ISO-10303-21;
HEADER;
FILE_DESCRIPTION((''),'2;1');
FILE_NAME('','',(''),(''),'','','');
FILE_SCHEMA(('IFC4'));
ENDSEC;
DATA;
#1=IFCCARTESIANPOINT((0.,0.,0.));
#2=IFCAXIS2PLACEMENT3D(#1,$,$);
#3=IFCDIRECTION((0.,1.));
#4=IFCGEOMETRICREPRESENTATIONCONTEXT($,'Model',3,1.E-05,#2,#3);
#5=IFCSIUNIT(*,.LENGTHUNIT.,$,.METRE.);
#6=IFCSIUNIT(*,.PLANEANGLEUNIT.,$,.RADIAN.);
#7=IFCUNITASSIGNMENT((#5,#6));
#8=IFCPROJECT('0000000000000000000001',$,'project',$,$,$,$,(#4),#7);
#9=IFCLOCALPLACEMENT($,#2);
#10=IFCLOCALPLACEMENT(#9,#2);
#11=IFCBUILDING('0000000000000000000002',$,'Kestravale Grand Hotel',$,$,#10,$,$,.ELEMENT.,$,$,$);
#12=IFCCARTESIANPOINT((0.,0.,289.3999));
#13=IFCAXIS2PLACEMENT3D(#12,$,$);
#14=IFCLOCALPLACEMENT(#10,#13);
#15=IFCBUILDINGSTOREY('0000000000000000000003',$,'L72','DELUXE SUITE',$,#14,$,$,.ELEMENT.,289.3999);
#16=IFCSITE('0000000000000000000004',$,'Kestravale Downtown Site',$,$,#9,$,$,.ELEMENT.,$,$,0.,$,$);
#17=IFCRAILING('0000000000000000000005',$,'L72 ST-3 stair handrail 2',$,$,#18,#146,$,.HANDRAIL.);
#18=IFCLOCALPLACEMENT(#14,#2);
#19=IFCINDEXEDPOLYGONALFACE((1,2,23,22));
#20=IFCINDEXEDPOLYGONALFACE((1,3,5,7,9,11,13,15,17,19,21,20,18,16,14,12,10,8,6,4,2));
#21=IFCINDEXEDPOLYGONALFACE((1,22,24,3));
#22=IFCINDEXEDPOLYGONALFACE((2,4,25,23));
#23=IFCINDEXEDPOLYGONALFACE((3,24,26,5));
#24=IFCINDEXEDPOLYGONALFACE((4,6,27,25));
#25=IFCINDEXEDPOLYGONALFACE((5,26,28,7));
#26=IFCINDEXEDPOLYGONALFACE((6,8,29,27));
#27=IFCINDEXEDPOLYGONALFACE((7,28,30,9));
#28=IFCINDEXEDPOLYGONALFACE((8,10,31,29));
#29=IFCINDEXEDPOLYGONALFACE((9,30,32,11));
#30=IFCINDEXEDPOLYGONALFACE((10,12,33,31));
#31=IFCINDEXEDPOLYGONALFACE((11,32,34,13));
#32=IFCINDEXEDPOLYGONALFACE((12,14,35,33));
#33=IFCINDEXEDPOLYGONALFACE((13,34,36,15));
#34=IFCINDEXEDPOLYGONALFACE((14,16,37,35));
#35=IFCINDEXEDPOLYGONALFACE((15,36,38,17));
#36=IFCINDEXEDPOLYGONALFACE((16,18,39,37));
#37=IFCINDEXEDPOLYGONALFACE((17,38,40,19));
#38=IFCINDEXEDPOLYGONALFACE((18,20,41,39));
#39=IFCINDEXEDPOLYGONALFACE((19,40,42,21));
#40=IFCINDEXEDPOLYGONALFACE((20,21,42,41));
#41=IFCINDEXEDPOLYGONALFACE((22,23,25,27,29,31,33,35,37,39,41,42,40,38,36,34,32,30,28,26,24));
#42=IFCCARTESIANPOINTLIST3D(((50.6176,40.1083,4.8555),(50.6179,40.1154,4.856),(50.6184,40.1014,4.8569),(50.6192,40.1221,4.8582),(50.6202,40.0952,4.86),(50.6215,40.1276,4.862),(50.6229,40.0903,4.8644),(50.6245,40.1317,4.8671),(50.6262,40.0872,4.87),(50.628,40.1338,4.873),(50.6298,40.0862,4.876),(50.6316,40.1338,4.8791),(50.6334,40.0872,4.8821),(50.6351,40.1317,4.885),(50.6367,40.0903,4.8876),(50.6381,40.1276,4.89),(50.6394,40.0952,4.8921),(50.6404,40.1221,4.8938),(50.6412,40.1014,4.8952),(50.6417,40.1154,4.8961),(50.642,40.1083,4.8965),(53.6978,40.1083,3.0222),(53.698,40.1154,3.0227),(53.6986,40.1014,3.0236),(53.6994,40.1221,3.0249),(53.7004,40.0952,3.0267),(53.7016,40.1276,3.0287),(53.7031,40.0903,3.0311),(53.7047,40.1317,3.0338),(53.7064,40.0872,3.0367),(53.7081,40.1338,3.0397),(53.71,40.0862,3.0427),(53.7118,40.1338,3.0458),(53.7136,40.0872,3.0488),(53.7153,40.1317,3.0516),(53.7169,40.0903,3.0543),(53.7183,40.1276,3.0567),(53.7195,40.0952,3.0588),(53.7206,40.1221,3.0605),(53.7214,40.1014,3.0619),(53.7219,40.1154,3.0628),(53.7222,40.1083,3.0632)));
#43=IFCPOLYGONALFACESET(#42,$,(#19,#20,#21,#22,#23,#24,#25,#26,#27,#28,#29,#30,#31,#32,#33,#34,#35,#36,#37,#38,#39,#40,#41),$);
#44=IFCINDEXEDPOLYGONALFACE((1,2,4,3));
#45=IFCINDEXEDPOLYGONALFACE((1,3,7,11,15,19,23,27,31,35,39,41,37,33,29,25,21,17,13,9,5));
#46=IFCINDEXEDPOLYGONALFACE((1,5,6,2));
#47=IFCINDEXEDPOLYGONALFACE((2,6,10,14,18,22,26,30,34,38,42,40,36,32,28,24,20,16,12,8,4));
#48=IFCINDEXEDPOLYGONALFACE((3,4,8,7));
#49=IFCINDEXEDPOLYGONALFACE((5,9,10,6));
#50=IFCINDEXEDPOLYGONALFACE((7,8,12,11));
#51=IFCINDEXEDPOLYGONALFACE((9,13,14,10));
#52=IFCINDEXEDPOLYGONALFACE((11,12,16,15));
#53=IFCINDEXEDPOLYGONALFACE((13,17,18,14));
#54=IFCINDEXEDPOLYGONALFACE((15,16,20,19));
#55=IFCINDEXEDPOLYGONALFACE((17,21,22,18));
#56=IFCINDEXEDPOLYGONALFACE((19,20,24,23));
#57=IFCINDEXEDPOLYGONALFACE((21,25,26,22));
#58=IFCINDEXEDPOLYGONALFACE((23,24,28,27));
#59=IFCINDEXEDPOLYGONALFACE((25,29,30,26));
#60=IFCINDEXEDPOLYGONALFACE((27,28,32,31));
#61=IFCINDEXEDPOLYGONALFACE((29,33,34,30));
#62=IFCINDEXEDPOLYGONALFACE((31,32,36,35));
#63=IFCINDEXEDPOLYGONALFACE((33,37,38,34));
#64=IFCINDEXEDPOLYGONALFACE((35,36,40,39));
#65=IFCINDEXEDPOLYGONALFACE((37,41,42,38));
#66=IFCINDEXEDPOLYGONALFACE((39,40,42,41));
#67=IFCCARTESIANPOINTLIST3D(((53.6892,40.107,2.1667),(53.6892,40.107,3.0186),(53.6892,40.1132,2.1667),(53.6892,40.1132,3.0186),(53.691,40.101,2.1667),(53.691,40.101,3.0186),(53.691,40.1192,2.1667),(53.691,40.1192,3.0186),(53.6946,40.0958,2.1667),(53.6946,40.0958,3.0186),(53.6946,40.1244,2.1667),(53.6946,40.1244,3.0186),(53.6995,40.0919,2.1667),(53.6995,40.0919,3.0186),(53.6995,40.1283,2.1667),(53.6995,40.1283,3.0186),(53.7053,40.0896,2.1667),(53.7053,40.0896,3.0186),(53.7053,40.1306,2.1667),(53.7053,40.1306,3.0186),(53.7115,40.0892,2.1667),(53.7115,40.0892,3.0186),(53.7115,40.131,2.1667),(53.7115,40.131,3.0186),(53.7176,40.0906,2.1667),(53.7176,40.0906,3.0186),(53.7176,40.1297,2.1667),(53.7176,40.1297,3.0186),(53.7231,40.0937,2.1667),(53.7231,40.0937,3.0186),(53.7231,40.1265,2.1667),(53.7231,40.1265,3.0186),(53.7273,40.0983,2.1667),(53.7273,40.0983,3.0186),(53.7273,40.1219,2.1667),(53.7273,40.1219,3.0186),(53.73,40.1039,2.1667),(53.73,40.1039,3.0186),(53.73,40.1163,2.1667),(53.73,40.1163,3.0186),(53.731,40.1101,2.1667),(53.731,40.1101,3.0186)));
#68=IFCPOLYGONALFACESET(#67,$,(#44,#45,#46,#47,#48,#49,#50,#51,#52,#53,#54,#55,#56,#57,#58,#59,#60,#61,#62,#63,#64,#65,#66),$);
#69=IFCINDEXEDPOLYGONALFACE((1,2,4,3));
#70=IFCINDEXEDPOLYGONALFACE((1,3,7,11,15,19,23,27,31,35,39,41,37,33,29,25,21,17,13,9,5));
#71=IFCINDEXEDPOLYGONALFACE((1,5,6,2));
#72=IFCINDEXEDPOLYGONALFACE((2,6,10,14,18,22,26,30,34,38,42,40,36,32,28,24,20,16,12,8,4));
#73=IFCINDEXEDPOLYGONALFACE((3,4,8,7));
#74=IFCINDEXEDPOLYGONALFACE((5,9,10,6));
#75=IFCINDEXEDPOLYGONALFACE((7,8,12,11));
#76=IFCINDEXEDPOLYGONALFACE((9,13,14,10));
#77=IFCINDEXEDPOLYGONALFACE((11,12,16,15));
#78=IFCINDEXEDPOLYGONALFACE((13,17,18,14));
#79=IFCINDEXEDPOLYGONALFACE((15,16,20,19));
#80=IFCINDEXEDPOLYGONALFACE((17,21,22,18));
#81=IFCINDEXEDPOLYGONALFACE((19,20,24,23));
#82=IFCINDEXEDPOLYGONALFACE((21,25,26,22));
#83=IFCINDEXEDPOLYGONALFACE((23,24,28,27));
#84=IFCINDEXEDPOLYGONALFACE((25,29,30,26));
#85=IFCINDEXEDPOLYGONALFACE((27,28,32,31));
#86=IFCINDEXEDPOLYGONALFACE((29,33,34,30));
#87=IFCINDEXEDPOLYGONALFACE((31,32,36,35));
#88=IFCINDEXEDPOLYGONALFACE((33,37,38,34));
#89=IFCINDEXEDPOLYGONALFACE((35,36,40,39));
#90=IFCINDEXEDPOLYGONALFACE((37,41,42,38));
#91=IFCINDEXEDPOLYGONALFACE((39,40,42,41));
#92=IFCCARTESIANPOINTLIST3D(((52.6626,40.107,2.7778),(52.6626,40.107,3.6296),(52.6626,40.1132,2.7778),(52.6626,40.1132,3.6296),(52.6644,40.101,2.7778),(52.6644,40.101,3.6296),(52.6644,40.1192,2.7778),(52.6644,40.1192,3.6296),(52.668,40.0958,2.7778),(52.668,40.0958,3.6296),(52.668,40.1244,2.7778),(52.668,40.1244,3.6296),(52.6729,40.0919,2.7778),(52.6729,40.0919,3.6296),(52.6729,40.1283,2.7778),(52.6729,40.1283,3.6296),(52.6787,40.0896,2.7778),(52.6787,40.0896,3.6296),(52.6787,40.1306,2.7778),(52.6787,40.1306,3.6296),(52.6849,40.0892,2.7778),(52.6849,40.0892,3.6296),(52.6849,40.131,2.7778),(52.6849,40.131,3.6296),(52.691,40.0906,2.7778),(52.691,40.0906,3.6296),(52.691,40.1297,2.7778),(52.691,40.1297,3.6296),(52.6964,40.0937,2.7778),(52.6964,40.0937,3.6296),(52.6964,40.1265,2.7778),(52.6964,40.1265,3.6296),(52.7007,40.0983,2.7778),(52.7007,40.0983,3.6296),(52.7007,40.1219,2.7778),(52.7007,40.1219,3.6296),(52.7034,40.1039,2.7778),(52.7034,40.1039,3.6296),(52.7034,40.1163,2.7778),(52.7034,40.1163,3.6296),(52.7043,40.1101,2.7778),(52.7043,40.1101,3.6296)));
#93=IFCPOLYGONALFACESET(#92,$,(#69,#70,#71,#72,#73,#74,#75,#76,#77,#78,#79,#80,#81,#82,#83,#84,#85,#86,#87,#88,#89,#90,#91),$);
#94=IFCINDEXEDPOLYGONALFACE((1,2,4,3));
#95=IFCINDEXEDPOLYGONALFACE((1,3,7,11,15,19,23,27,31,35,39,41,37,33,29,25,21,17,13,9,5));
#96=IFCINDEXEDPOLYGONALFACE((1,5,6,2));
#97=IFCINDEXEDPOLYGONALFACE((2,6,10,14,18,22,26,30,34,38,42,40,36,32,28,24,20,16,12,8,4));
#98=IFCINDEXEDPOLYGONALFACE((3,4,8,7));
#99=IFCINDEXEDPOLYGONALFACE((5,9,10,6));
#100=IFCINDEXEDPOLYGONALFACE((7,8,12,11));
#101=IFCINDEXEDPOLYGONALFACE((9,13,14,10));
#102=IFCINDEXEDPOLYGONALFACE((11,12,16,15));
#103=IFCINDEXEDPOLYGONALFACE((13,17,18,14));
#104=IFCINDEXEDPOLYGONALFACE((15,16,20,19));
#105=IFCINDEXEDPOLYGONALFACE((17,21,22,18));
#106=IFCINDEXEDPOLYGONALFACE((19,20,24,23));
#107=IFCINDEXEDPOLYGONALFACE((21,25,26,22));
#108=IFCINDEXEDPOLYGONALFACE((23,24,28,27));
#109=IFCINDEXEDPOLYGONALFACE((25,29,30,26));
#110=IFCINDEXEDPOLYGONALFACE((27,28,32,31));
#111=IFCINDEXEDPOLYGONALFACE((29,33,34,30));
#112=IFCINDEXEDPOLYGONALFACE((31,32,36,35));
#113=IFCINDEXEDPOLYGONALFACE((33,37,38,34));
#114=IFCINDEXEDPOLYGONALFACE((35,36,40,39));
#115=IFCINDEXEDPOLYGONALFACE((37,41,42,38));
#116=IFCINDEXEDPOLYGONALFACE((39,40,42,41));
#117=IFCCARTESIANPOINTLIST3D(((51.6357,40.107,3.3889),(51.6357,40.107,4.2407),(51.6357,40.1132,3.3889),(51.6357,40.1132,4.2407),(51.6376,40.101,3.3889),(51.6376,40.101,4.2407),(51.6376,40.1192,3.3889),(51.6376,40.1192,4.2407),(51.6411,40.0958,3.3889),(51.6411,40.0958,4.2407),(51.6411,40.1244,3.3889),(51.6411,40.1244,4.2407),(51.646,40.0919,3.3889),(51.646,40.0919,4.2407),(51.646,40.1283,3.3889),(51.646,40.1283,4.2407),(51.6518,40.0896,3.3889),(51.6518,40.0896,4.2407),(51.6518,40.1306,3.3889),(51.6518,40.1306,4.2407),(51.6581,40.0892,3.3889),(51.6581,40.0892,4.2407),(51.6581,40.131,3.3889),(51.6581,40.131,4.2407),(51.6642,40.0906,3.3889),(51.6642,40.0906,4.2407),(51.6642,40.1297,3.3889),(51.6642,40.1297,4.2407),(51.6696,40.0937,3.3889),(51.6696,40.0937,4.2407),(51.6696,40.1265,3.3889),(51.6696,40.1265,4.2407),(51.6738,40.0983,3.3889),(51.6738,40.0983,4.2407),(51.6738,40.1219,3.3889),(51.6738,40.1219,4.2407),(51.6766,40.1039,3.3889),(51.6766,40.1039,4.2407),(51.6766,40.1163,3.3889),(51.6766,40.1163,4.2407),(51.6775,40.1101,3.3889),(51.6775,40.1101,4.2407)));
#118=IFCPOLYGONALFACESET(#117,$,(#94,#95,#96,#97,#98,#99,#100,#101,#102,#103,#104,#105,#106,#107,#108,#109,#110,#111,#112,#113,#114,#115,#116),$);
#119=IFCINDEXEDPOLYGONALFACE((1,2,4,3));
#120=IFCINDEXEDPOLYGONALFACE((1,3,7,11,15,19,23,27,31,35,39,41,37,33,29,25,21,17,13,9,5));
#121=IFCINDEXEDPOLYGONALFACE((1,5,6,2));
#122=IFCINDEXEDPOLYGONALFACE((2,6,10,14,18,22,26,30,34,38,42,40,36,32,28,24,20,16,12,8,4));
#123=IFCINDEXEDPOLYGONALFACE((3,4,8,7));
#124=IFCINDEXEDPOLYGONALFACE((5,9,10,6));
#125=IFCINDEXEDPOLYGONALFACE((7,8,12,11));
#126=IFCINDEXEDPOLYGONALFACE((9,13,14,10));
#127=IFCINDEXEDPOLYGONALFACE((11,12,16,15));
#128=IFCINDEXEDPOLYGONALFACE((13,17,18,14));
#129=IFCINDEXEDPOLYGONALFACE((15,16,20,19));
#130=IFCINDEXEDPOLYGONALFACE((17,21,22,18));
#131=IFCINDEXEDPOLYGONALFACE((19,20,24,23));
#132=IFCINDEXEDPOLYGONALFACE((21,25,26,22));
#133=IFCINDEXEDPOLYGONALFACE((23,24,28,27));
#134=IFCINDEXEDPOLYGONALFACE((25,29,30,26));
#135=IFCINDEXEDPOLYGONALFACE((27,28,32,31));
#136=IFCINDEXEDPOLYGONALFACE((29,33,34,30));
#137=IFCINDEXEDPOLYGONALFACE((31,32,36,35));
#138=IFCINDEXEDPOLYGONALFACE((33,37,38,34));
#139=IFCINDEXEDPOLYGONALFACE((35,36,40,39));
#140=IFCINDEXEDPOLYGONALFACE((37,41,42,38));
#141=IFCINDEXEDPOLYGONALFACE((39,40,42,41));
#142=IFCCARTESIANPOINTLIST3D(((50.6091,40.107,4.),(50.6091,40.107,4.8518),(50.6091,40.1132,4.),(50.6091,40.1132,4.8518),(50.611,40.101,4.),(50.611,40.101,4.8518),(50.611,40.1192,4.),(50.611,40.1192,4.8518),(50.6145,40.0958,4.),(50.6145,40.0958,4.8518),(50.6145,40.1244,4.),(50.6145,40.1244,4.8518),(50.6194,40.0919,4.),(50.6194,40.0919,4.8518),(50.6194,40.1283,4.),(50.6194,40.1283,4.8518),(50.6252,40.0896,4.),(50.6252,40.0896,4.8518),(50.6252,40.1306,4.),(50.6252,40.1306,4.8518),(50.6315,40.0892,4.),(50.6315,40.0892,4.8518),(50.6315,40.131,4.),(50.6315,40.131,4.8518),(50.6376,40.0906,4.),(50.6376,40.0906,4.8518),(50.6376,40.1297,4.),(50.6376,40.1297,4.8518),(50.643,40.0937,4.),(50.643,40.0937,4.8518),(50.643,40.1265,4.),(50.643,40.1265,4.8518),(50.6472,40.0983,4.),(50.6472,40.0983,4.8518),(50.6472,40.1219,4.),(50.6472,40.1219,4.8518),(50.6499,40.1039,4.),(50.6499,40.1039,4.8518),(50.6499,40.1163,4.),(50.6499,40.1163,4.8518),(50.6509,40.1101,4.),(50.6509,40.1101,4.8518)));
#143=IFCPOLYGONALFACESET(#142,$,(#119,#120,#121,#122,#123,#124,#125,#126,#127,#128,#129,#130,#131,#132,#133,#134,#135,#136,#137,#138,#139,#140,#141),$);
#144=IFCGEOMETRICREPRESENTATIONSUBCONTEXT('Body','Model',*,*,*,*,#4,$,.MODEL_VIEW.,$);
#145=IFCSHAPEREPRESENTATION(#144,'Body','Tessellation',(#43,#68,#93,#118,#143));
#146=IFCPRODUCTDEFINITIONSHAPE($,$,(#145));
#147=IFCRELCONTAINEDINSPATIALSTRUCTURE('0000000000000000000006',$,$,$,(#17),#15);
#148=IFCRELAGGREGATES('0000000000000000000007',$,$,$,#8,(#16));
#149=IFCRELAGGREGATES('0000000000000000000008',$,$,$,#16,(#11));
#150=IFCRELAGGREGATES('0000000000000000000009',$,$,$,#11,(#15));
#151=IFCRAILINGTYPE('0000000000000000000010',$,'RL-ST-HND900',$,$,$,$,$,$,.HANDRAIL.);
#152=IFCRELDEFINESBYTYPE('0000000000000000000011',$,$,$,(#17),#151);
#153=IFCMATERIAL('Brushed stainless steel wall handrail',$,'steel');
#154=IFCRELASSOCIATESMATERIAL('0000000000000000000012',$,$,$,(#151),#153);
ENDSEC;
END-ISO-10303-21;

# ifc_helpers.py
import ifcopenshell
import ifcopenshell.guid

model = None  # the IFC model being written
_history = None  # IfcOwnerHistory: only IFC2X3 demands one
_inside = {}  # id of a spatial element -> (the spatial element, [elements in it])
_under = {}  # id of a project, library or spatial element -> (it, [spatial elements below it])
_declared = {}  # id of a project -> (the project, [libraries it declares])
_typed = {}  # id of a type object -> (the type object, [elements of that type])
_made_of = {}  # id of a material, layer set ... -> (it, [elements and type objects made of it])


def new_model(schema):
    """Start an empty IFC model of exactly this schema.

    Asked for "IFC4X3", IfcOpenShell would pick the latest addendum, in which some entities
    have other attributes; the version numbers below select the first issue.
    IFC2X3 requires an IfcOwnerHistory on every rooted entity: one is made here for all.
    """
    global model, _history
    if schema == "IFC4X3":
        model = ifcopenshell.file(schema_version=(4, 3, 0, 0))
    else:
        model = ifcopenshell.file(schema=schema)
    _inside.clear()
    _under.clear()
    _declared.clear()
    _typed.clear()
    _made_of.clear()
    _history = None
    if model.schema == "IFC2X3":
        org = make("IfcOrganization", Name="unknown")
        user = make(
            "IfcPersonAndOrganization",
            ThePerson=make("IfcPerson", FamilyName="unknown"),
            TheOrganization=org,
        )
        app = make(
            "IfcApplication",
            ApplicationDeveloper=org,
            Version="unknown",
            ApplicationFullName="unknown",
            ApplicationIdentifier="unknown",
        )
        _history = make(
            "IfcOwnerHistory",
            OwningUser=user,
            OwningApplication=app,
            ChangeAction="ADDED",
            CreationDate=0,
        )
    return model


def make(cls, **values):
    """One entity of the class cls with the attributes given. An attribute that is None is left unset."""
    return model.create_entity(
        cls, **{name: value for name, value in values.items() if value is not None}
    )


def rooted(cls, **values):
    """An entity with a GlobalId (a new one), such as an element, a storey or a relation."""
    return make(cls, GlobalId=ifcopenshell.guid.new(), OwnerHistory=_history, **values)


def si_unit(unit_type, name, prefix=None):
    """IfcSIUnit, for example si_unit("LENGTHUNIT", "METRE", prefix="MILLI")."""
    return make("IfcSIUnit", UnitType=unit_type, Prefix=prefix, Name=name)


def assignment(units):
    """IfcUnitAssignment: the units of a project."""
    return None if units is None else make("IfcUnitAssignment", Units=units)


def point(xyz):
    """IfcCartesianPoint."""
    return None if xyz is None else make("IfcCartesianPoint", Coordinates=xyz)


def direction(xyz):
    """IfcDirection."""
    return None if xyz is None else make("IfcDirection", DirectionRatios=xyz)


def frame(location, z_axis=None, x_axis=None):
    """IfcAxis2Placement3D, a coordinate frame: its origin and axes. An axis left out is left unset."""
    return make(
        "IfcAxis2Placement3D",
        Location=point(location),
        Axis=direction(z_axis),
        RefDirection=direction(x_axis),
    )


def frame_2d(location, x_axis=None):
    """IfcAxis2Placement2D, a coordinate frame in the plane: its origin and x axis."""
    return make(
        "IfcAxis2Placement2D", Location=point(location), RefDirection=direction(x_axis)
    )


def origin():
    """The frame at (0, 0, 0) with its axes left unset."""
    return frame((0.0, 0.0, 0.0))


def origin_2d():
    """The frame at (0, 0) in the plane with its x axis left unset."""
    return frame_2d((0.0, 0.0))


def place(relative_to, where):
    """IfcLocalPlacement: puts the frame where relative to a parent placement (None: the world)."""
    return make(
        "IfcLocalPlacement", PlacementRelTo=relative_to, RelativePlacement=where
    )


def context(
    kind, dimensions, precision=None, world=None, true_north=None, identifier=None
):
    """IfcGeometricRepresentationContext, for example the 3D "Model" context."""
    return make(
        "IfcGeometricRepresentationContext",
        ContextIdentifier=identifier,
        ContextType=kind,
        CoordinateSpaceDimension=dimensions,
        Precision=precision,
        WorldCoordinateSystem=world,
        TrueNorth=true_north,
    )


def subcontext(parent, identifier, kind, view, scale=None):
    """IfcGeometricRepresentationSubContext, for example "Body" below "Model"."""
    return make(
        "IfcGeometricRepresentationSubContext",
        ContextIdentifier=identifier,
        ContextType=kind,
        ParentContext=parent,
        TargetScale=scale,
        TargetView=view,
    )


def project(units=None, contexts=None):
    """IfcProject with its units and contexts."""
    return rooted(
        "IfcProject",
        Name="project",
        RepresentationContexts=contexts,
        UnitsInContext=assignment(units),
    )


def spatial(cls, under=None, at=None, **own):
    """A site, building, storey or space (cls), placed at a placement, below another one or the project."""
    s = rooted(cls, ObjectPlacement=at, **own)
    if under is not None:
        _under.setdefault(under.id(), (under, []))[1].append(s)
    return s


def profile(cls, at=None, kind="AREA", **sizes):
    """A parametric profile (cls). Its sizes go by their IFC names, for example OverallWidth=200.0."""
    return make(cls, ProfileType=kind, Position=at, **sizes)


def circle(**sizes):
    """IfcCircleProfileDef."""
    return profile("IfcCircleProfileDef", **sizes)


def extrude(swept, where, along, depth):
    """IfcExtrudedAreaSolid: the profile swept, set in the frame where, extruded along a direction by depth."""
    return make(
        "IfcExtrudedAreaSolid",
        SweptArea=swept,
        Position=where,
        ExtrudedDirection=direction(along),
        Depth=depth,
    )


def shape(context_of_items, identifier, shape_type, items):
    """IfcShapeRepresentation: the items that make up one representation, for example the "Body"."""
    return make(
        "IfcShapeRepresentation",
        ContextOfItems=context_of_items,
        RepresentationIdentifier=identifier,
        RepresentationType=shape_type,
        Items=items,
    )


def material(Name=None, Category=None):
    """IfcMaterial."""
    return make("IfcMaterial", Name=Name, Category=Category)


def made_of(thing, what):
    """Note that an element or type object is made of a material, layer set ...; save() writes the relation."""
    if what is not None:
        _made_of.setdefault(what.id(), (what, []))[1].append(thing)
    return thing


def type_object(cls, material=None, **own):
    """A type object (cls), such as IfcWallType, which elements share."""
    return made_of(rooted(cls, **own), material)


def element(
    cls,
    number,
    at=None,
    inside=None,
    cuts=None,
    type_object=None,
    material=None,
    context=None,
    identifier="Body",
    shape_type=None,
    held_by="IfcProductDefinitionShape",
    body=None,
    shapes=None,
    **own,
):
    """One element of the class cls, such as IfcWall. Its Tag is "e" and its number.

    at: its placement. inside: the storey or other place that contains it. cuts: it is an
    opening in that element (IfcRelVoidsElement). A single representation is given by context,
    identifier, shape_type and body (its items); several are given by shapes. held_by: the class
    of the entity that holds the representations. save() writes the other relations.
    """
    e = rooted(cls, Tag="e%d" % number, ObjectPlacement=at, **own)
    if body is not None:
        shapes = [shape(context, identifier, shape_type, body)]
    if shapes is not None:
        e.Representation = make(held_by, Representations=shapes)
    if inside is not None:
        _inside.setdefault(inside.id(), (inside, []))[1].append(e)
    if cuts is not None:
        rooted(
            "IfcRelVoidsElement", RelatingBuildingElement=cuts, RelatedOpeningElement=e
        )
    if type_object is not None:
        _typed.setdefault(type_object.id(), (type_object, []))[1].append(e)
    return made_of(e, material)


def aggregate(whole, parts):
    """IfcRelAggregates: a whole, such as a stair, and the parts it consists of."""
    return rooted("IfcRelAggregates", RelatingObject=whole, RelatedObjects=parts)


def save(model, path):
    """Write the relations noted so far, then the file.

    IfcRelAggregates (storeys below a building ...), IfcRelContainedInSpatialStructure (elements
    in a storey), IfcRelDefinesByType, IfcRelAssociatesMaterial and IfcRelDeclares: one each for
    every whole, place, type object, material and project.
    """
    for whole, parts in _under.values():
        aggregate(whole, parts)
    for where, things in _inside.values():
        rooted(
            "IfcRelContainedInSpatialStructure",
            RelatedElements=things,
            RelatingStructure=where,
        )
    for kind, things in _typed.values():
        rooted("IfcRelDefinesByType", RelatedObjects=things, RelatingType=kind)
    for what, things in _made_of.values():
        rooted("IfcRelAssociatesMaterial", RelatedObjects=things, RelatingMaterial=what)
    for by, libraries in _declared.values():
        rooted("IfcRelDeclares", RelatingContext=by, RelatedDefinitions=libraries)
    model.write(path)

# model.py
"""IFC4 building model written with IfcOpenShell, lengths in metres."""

from ifc_helpers import new_model, si_unit, direction, frame, origin, origin_2d, place, context, subcontext, project, spatial, circle, extrude, material, type_object, element, save


model = new_model("IFC4")

# Units and contexts
model_context = context("Model", 3, precision=1e-05, world=origin(), true_north=direction((0.0, 1.0)))
body_context = subcontext(model_context, "Body", "Model", "MODEL_VIEW")
ifc_project = project(units=[si_unit("LENGTHUNIT", "METRE"), si_unit("PLANEANGLEUNIT", "RADIAN")], contexts=[model_context])

# Site, building, storey
site_placement = place(None, origin())
site = spatial("IfcSite", under=ifc_project, at=site_placement, Name="Kestravale Downtown Site", CompositionType="ELEMENT", RefElevation=0.0)
building_placement = place(site_placement, origin())
building = spatial("IfcBuilding", under=site, at=building_placement, Name="Kestravale Grand Hotel", CompositionType="ELEMENT")
storey_placement = place(building_placement, frame((0.0, 0.0, 289.3999)))
storey = spatial("IfcBuildingStorey", under=building, at=storey_placement, Name="L72", Description="DELUXE SUITE", CompositionType="ELEMENT", Elevation=289.3999)

# Railing
ifc_material_1 = material(Name="Brushed stainless steel wall handrail", Category="steel")
railing_type_1 = type_object("IfcRailingType", Name="RL-ST-HND900", PredefinedType="HANDRAIL", material=ifc_material_1)
railing_1_placement = place(storey_placement, frame((53.71, 40.1101, 2.1667)))
element("IfcRailing", 1, at=railing_1_placement, inside=storey, type_object=railing_type_1, Name="L72 ST-3 stair handrail 2", PredefinedType="HANDRAIL", context=body_context, shape_type="SweptSolid", body=[
    extrude(circle(Radius=0.0239, at=origin_2d()), frame((0.0, 0.0, 0.876), z_axis=(-0.859309, 0.0, 0.511458), x_axis=(0.0, -1.0, 0.0)), (0.0, 0.0, 1.0), 3.5845),
    extrude(circle(Radius=0.021, at=origin_2d()), origin(), (0.0, 0.0, 1.0), 0.8518),
    extrude(circle(Radius=0.021, at=origin_2d()), frame((-1.0266, 0.0, 0.6111)), (0.0, 0.0, 1.0), 0.8518),
    extrude(circle(Radius=0.021, at=origin_2d()), frame((-2.0535, 0.0, 1.2222)), (0.0, 0.0, 1.0), 0.8518),
    extrude(circle(Radius=0.021, at=origin_2d()), frame((-3.0801, 0.0, 1.8333)), (0.0, 0.0, 1.0), 0.8518),
])

save(model, "model.ifc")
